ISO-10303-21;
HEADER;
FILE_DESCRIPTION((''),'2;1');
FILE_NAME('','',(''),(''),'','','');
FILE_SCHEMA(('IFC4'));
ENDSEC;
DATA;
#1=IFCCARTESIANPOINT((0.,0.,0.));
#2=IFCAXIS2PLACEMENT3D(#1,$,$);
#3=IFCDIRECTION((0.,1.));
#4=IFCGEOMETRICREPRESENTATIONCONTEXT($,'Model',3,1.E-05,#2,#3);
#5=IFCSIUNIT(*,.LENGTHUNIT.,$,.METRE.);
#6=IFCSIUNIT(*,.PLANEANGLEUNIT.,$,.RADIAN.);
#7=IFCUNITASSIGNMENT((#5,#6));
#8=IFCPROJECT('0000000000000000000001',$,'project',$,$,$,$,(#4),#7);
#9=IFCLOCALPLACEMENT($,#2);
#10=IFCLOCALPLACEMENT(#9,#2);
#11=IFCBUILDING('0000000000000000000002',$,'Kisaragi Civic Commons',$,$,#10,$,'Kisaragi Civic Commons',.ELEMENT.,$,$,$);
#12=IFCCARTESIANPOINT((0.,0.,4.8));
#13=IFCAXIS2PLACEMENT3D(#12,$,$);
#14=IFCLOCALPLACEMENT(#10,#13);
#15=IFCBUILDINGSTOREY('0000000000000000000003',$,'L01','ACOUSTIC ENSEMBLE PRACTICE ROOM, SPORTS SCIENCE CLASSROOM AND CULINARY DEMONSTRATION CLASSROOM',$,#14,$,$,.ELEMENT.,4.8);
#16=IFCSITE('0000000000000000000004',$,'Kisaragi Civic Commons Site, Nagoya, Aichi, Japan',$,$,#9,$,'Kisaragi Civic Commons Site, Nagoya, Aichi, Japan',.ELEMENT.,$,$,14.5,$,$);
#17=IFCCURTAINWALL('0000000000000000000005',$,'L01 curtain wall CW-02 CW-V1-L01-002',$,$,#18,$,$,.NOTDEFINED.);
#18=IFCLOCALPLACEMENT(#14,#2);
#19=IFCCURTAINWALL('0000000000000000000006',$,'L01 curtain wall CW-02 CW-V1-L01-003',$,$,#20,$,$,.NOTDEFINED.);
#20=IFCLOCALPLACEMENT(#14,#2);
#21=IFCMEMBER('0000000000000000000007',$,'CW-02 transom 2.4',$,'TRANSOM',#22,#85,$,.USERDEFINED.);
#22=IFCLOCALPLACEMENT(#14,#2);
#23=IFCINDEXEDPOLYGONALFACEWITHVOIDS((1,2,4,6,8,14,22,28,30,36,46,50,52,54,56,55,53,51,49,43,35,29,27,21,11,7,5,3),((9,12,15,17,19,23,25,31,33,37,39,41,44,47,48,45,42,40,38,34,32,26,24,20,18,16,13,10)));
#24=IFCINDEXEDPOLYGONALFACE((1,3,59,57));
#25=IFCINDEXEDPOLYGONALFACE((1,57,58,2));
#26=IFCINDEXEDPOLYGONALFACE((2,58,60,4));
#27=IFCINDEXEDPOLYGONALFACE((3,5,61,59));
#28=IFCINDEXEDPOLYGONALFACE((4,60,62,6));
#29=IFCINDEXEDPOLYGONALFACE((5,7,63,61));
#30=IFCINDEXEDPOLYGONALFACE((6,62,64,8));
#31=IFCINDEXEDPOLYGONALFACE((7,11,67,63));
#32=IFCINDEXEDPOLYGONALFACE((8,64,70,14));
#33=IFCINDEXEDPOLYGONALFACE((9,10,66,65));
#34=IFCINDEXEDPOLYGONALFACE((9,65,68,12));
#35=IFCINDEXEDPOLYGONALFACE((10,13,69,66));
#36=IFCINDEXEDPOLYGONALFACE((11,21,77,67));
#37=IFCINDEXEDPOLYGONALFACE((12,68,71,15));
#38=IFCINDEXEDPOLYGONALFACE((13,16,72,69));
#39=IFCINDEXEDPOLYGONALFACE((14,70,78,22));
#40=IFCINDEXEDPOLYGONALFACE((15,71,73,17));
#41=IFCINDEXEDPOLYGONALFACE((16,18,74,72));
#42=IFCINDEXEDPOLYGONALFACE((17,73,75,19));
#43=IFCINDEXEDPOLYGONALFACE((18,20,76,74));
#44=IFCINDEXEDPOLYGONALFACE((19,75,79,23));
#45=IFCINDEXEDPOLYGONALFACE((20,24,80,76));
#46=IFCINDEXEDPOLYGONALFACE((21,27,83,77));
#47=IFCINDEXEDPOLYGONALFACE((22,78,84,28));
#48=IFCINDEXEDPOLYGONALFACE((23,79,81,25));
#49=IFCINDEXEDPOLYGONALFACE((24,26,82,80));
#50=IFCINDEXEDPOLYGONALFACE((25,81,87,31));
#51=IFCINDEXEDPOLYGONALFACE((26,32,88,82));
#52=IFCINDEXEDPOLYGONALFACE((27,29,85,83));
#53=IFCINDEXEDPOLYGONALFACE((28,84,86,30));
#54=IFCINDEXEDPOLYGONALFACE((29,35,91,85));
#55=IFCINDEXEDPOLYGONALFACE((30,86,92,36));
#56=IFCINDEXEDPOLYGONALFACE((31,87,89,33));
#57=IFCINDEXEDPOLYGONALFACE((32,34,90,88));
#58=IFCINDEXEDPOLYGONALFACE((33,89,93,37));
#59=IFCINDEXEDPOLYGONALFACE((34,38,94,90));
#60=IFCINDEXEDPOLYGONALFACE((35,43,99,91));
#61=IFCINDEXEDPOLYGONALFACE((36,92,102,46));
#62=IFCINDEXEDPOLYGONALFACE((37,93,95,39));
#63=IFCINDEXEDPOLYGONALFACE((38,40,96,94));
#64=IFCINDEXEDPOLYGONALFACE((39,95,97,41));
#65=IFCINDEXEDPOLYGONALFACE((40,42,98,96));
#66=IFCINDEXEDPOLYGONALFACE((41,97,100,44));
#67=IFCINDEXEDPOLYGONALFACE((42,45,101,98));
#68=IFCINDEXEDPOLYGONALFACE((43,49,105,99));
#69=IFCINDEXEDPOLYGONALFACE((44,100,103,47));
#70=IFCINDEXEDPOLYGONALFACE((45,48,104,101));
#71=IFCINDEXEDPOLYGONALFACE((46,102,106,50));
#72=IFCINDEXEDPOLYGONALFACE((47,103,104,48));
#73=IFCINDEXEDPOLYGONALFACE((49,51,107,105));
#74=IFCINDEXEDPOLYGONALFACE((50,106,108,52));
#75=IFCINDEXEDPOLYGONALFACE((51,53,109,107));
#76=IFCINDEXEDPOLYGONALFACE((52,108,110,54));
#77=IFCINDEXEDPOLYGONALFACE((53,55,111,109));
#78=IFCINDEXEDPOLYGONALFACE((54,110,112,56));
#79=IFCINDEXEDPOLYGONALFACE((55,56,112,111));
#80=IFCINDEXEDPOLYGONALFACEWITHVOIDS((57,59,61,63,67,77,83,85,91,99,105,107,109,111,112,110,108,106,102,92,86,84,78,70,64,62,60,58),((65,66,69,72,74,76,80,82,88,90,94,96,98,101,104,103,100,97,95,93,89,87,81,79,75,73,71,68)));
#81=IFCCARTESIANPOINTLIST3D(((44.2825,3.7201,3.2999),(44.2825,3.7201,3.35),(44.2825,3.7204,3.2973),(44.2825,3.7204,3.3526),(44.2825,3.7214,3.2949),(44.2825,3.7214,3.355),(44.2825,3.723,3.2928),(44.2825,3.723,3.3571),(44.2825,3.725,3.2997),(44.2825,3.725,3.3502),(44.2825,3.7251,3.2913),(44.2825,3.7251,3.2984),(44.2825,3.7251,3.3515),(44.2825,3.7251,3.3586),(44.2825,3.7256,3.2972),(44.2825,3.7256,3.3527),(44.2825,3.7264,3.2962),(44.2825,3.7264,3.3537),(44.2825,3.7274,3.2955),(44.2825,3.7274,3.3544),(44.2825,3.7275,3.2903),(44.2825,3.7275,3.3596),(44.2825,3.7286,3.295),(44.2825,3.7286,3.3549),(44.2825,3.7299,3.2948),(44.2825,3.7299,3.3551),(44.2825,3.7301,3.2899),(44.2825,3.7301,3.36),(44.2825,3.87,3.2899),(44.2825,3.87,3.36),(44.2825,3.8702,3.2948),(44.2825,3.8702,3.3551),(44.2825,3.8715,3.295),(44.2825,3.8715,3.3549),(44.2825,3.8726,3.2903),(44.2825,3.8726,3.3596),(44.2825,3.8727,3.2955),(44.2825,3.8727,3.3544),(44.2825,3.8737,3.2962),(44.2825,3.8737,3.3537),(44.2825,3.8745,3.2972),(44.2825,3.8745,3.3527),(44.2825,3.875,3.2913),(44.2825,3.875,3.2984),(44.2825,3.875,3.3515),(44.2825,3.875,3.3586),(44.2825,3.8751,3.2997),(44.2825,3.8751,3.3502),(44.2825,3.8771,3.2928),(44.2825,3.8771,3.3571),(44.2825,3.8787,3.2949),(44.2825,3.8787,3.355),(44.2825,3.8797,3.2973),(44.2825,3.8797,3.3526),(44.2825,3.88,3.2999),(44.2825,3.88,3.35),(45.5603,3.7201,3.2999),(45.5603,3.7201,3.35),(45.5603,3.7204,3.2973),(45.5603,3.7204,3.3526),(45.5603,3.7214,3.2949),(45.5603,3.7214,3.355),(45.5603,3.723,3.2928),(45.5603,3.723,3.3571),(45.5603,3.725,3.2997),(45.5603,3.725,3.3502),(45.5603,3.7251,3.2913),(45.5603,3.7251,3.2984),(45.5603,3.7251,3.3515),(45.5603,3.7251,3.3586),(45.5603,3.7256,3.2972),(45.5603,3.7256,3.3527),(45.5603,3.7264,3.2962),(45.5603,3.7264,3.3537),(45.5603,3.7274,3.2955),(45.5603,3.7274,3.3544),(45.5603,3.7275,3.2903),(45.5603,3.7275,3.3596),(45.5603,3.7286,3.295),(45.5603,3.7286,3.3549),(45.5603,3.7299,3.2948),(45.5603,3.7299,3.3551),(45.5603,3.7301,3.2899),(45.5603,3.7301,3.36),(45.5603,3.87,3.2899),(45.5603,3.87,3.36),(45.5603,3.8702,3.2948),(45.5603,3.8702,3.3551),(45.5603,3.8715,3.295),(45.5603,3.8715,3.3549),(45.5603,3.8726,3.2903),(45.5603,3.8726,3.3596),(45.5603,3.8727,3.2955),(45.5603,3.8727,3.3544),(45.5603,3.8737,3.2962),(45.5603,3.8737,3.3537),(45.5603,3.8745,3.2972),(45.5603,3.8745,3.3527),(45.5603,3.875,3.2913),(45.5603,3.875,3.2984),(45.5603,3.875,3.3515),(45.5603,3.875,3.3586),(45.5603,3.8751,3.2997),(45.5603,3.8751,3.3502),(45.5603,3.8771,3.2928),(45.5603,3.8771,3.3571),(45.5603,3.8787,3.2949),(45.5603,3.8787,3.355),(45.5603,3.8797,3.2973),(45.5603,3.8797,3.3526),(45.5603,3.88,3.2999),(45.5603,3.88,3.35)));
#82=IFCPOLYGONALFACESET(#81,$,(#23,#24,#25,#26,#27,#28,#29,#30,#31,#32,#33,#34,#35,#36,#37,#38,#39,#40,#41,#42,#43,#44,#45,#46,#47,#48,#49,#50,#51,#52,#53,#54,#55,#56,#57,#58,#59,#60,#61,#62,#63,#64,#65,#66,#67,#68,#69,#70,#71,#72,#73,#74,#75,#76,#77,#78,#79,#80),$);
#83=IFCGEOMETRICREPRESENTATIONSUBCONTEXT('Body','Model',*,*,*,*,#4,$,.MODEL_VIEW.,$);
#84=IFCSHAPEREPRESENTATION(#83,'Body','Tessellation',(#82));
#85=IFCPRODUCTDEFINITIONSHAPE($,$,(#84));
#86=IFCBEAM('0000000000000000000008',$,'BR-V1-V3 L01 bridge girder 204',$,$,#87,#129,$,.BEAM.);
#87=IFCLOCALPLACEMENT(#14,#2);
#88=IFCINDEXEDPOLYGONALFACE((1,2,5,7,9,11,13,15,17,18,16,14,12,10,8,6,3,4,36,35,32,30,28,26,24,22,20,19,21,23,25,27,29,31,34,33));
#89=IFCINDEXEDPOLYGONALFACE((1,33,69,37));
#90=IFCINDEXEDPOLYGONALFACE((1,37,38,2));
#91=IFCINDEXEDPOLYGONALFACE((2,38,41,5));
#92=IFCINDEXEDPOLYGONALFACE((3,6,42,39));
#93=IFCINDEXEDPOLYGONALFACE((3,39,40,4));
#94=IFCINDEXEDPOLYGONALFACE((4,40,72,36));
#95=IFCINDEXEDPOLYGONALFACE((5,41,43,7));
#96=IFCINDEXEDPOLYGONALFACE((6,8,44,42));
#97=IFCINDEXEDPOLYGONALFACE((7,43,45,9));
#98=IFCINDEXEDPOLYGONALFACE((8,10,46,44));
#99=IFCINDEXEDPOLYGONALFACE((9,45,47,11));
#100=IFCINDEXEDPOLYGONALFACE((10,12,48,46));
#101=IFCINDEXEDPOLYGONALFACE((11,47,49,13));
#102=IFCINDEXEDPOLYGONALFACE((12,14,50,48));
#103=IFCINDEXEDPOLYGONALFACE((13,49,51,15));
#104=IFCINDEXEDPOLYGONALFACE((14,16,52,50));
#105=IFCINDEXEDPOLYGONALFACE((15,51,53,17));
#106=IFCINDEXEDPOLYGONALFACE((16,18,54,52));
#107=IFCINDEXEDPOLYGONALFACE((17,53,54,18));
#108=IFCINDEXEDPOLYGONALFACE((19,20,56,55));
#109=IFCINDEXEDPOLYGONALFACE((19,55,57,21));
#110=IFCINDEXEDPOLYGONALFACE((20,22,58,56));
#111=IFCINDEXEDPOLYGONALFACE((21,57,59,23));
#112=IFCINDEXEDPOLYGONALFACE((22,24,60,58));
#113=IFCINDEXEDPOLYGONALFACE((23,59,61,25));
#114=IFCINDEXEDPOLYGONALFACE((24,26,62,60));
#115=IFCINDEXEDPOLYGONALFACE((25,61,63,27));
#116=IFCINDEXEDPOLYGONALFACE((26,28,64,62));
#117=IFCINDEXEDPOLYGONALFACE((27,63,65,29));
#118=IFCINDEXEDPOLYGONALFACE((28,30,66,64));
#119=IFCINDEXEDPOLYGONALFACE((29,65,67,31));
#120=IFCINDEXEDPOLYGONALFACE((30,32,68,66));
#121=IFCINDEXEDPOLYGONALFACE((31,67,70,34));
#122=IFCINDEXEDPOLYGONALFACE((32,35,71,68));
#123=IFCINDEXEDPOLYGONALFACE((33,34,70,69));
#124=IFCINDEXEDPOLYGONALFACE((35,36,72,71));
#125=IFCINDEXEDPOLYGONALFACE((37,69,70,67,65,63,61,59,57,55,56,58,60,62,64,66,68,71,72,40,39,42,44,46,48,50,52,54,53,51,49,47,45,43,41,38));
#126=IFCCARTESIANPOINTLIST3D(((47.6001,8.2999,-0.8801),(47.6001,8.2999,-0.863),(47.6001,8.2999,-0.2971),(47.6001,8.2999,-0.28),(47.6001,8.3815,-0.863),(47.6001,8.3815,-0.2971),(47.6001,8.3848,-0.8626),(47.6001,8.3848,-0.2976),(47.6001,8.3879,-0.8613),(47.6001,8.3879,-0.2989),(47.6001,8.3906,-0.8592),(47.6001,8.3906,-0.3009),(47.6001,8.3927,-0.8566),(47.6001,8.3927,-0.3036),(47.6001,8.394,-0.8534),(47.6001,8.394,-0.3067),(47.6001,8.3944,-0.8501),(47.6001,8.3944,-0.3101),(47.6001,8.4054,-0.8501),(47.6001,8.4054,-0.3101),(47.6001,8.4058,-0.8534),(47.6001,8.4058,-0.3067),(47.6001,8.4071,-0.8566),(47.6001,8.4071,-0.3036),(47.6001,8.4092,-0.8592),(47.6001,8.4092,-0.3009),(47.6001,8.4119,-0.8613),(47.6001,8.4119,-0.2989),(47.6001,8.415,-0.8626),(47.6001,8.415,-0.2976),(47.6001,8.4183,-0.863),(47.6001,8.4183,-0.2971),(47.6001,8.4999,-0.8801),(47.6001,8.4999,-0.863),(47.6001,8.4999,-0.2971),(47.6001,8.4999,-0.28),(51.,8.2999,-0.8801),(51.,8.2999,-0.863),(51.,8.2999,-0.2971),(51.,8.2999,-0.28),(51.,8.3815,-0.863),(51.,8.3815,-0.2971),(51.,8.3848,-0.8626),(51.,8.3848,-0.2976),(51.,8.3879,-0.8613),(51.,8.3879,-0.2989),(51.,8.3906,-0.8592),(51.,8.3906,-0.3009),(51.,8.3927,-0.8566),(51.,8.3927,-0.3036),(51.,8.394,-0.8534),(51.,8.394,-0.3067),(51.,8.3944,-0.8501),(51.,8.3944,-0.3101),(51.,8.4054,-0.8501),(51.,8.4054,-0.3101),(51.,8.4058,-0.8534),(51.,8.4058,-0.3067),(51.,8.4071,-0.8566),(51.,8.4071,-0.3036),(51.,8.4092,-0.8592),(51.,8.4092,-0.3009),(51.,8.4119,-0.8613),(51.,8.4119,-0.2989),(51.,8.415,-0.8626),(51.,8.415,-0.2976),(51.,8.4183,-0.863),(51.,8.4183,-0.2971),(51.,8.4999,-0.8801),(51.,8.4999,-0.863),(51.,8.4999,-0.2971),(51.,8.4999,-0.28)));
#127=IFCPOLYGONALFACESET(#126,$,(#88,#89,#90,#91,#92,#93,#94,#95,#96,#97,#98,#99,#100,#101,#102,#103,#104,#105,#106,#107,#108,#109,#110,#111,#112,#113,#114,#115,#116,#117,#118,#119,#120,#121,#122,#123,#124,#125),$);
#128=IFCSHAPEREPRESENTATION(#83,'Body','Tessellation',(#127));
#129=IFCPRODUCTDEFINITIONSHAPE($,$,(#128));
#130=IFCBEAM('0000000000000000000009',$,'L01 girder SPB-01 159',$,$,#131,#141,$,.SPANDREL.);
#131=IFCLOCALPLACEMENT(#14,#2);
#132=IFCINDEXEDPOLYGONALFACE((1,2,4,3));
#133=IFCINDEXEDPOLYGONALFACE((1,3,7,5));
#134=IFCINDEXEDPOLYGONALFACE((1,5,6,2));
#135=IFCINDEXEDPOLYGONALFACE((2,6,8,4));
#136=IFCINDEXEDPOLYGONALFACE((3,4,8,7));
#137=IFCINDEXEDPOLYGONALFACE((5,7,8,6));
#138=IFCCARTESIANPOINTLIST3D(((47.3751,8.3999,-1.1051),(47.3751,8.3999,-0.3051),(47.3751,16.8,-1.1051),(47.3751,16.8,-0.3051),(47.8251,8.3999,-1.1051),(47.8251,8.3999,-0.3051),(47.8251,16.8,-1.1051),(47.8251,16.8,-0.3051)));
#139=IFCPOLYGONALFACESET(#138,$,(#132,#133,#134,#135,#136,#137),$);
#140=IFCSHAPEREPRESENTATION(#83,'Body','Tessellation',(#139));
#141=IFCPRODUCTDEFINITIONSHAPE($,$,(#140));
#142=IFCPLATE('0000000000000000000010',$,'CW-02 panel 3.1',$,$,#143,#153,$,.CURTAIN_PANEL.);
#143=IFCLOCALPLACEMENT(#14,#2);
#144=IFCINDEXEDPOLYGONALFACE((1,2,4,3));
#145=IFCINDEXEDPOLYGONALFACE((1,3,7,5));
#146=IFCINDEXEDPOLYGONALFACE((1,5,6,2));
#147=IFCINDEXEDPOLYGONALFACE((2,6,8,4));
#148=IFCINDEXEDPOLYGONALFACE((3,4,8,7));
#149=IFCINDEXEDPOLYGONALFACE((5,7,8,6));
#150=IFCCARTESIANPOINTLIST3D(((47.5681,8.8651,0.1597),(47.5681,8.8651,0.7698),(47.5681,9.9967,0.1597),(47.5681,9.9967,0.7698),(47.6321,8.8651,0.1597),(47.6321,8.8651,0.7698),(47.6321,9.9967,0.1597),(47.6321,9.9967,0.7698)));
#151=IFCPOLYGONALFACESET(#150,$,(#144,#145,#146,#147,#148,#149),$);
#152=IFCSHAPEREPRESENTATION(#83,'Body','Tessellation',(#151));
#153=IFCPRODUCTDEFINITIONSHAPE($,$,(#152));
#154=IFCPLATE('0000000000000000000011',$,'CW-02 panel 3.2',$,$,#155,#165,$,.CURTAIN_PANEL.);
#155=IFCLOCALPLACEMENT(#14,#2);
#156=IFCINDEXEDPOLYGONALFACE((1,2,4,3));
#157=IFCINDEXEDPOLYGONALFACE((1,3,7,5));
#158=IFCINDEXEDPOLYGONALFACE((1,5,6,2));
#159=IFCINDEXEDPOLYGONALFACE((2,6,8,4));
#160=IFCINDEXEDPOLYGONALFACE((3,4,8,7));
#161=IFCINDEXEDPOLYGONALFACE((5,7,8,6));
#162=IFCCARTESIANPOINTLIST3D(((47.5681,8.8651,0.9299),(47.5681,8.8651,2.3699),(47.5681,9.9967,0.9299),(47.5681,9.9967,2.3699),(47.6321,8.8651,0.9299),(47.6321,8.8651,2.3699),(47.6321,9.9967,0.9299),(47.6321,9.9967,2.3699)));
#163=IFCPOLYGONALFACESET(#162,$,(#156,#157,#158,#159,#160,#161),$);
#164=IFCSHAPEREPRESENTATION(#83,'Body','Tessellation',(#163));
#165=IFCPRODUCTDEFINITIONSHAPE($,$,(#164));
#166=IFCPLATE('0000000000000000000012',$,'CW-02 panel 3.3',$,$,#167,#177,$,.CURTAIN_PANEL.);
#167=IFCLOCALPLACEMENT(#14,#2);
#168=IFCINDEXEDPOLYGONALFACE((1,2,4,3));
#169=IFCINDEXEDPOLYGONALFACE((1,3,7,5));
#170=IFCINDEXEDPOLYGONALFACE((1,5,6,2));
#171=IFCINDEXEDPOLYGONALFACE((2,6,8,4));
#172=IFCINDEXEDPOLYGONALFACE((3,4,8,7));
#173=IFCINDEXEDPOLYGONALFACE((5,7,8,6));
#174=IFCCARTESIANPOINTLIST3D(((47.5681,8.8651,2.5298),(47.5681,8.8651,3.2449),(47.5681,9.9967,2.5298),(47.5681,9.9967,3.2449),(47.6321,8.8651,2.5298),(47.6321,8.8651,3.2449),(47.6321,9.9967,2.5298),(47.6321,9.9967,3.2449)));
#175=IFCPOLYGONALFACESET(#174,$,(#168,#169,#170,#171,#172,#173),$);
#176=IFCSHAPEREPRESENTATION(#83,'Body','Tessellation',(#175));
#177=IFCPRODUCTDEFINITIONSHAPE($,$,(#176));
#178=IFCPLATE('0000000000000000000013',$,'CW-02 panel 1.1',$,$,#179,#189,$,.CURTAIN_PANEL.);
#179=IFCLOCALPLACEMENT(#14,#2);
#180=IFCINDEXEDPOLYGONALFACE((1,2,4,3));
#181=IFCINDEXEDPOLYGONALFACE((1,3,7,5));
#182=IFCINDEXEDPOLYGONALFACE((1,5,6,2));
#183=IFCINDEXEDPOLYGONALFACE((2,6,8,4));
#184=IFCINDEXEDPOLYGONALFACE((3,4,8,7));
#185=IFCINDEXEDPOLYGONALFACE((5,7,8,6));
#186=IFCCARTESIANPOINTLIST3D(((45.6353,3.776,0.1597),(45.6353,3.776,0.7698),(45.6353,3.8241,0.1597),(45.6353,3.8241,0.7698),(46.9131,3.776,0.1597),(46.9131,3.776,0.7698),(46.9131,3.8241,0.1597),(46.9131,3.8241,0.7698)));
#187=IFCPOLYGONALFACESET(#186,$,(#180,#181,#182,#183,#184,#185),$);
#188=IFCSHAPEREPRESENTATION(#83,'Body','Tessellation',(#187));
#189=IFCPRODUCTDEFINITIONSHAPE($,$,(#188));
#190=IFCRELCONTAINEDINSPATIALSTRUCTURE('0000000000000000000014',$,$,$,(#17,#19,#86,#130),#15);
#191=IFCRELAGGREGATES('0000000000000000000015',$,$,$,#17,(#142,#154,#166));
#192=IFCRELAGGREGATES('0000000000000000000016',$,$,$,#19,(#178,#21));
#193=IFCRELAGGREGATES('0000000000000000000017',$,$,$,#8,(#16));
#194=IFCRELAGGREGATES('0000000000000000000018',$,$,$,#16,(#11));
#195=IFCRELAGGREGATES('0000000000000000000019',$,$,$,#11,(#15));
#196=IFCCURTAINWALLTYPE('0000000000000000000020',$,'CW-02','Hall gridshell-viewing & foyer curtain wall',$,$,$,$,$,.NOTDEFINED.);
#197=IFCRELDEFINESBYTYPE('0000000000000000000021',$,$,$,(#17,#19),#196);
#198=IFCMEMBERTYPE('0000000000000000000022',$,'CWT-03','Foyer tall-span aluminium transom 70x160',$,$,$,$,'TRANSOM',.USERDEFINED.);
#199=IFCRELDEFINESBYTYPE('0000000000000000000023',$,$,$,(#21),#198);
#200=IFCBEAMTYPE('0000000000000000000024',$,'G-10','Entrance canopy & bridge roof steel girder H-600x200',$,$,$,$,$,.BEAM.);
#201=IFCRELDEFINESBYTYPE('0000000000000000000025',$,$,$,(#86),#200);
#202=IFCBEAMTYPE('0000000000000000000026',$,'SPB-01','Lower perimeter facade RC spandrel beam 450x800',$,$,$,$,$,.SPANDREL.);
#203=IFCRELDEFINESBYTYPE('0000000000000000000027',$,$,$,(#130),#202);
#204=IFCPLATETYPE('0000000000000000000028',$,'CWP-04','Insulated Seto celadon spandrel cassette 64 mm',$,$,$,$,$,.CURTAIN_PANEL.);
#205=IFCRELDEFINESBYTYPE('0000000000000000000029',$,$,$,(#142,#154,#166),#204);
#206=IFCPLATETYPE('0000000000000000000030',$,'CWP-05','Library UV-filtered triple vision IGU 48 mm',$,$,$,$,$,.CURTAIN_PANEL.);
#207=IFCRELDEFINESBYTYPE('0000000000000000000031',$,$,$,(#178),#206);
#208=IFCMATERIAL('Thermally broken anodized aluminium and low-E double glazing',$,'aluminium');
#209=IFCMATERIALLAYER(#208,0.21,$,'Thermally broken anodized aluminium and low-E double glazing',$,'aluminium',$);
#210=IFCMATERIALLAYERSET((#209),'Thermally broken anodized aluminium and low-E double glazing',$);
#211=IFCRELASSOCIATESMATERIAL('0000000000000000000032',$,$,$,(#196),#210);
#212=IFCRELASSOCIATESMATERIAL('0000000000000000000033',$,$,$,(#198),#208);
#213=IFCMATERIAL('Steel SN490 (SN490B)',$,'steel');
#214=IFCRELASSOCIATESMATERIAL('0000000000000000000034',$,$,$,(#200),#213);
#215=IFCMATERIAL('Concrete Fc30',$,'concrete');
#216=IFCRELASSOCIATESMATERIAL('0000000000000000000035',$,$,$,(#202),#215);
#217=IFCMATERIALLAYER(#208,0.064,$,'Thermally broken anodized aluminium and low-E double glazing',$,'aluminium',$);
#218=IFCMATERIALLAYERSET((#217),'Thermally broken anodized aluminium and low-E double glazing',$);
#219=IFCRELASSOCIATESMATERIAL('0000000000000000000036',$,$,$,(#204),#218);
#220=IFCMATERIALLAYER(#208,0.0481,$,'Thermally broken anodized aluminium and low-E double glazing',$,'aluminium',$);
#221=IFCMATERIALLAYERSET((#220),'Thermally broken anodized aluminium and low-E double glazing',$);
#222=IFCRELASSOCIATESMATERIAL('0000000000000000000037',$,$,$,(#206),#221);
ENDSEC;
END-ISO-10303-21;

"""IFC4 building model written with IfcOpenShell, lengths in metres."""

from ifc_helpers import new_model, si_unit, direction, frame, origin, origin_2d, place, context, subcontext, project, spatial, rectangle, hollow_rectangle, i_section, extrude, material, layer, layer_set, material_profile, profile_set, type_object, element, aggregate, save


model = new_model("IFC4")

# Units and contexts
model_context = context("Model", 3, precision=1e-05, world=origin(), true_north=direction((0.0, 1.0)))
body_context = subcontext(model_context, "Body", "Model", "MODEL_VIEW")
ifc_project = project(units=[si_unit("LENGTHUNIT", "METRE"), si_unit("PLANEANGLEUNIT", "RADIAN")], contexts=[model_context])

# Site, building, storey
site_placement = place(None, origin())
site = spatial("IfcSite", under=ifc_project, at=site_placement, Name="Kisaragi Civic Commons Site, Nagoya, Aichi, Japan", LongName="Kisaragi Civic Commons Site, Nagoya, Aichi, Japan", CompositionType="ELEMENT", RefElevation=14.5)
building_placement = place(site_placement, origin())
building = spatial("IfcBuilding", under=site, at=building_placement, Name="Kisaragi Civic Commons", LongName="Kisaragi Civic Commons", CompositionType="ELEMENT")
storey_placement = place(building_placement, frame((0.0, 0.0, 4.8)))
storey = spatial("IfcBuildingStorey", under=building, at=storey_placement, Name="L01", Description="ACOUSTIC ENSEMBLE PRACTICE ROOM, SPORTS SCIENCE CLASSROOM AND CULINARY DEMONSTRATION CLASSROOM", CompositionType="ELEMENT", Elevation=4.8)

# Curtain wall
ifc_material_1 = material(Name="Thermally broken anodized aluminium and low-E double glazing", Category="aluminium")
ifc_layer_1 = layer(ifc_material_1, 0.21, Name="Thermally broken anodized aluminium and low-E double glazing", Category="aluminium")
ifc_layer_set_1 = layer_set([ifc_layer_1], Name="Thermally broken anodized aluminium and low-E double glazing")
curtain_wall_type = type_object("IfcCurtainWallType", Name="CW-02", Description="Hall gridshell-viewing & foyer curtain wall", PredefinedType="NOTDEFINED", material=ifc_layer_set_1)
curtain_wall_1_placement = place(storey_placement, origin())
curtain_wall_1 = element("IfcCurtainWall", 1, at=curtain_wall_1_placement, inside=storey, type_object=curtain_wall_type, Name="L01 curtain wall CW-02 CW-V1-L01-002", PredefinedType="NOTDEFINED")

# Curtain wall, member
curtain_wall_2_placement = place(storey_placement, origin())
curtain_wall_2 = element("IfcCurtainWall", 2, at=curtain_wall_2_placement, inside=storey, type_object=curtain_wall_type, Name="L01 curtain wall CW-02 CW-V1-L01-003", PredefinedType="NOTDEFINED")
ifc_material_profile_1 = material_profile(ifc_material_1, hollow_rectangle(XDim=0.1599, YDim=0.0701, WallThickness=0.0049, InnerFilletRadius=0.0049, OuterFilletRadius=0.01, at=origin_2d()), Name="CWT-70x160x5", Category="aluminium")
ifc_profile_set_1 = profile_set([ifc_material_profile_1], Name="Thermally broken anodized aluminium and low-E double glazing")
member_type_1 = type_object("IfcMemberType", Name="CWT-03", Description="Foyer tall-span aluminium transom 70x160", ElementType="TRANSOM", PredefinedType="USERDEFINED", material=ifc_profile_set_1)
member_1_placement = place(storey_placement, frame((45.5603, 3.8, 3.325), z_axis=(-1.0, 0.0, 0.0), x_axis=(0.0, -1.0, 0.0)))
member_1 = element("IfcMember", 3, at=member_1_placement, type_object=member_type_1, Name="CW-02 transom 2.4", ObjectType="TRANSOM", PredefinedType="USERDEFINED", context=body_context, shape_type="SweptSolid", body=[
    extrude(hollow_rectangle(XDim=0.1599, YDim=0.0701, WallThickness=0.0049, InnerFilletRadius=0.0049, OuterFilletRadius=0.01, at=origin_2d()), origin(), (0.0, 0.0, 1.0), 1.2778),
])

# Beams
ifc_material_2 = material(Name="Steel SN490 (SN490B)", Category="steel")
ifc_material_profile_2 = material_profile(ifc_material_2, i_section(OverallWidth=0.2, OverallDepth=0.6001, WebThickness=0.011, FlangeThickness=0.0171, FilletRadius=0.0129, at=origin_2d()), Name="H-600x200x11x17", Category="steel")
ifc_profile_set_2 = profile_set([ifc_material_profile_2], Name="Steel SN490 (SN490B)")
beam_type_1 = type_object("IfcBeamType", Name="G-10", Description="Entrance canopy & bridge roof steel girder H-600x200", PredefinedType="BEAM", material=ifc_profile_set_2)
beam_1_placement = place(storey_placement, frame((47.6001, 8.3999, -0.5801), z_axis=(1.0, 0.0, 0.0), x_axis=(0.0, 1.0, 0.0)))
element("IfcBeam", 4, at=beam_1_placement, inside=storey, type_object=beam_type_1, Name="BR-V1-V3 L01 bridge girder 204", PredefinedType="BEAM", context=body_context, shape_type="SweptSolid", body=[
    extrude(i_section(OverallWidth=0.2, OverallDepth=0.6001, WebThickness=0.011, FlangeThickness=0.0171, FilletRadius=0.0129, at=origin_2d()), origin(), (0.0, 0.0, 1.0), 3.3999),
])
ifc_material_3 = material(Name="Concrete Fc30", Category="concrete")
ifc_material_profile_3 = material_profile(ifc_material_3, rectangle(XDim=0.45, YDim=0.8, at=origin_2d()), Name="RC-450x800", Category="concrete")
ifc_profile_set_3 = profile_set([ifc_material_profile_3], Name="Concrete Fc30")
beam_type_2 = type_object("IfcBeamType", Name="SPB-01", Description="Lower perimeter facade RC spandrel beam 450x800", PredefinedType="SPANDREL", material=ifc_profile_set_3)
beam_2_placement = place(storey_placement, frame((47.6001, 8.3999, -0.7051), z_axis=(0.0, 1.0, 0.0), x_axis=(-1.0, 0.0, 0.0)))
element("IfcBeam", 5, at=beam_2_placement, inside=storey, type_object=beam_type_2, Name="L01 girder SPB-01 159", PredefinedType="SPANDREL", context=body_context, shape_type="SweptSolid", body=[
    extrude(rectangle(XDim=0.45, YDim=0.8, at=origin_2d()), origin(), (0.0, 0.0, 1.0), 8.4001),
])

# Plates
ifc_layer_2 = layer(ifc_material_1, 0.064, Name="Thermally broken anodized aluminium and low-E double glazing", Category="aluminium")
ifc_layer_set_2 = layer_set([ifc_layer_2], Name="Thermally broken anodized aluminium and low-E double glazing")
plate_type_1 = type_object("IfcPlateType", Name="CWP-04", Description="Insulated Seto celadon spandrel cassette 64 mm", PredefinedType="CURTAIN_PANEL", material=ifc_layer_set_2)
plate_1_placement = place(storey_placement, frame((47.6001, 9.4309, 0.1597), z_axis=(0.0, 0.0, 1.0), x_axis=(0.0, -1.0, 0.0)))
plate_1 = element("IfcPlate", 6, at=plate_1_placement, type_object=plate_type_1, Name="CW-02 panel 3.1", PredefinedType="CURTAIN_PANEL", context=body_context, shape_type="SweptSolid", body=[
    extrude(rectangle(XDim=1.1316, YDim=0.064, at=origin_2d()), origin(), (0.0, 0.0, 1.0), 0.6101),
])
plate_2_placement = place(storey_placement, frame((47.6001, 9.4309, 0.9299), z_axis=(0.0, 0.0, 1.0), x_axis=(0.0, -1.0, 0.0)))
plate_2 = element("IfcPlate", 7, at=plate_2_placement, type_object=plate_type_1, Name="CW-02 panel 3.2", PredefinedType="CURTAIN_PANEL", context=body_context, shape_type="SweptSolid", body=[
    extrude(rectangle(XDim=1.1316, YDim=0.064, at=origin_2d()), origin(), (0.0, 0.0, 1.0), 1.4399),
])
plate_3_placement = place(storey_placement, frame((47.6001, 9.4309, 2.5298), z_axis=(0.0, 0.0, 1.0), x_axis=(0.0, -1.0, 0.0)))
plate_3 = element("IfcPlate", 8, at=plate_3_placement, type_object=plate_type_1, Name="CW-02 panel 3.3", PredefinedType="CURTAIN_PANEL", context=body_context, shape_type="SweptSolid", body=[
    extrude(rectangle(XDim=1.1316, YDim=0.064, at=origin_2d()), origin(), (0.0, 0.0, 1.0), 0.7151),
])
aggregate(curtain_wall_1, [plate_1, plate_2, plate_3])
ifc_layer_3 = layer(ifc_material_1, 0.0481, Name="Thermally broken anodized aluminium and low-E double glazing", Category="aluminium")
ifc_layer_set_3 = layer_set([ifc_layer_3], Name="Thermally broken anodized aluminium and low-E double glazing")
plate_type_2 = type_object("IfcPlateType", Name="CWP-05", Description="Library UV-filtered triple vision IGU 48 mm", PredefinedType="CURTAIN_PANEL", material=ifc_layer_set_3)
plate_4_placement = place(storey_placement, frame((46.2742, 3.8, 0.1597), z_axis=(0.0, 0.0, 1.0), x_axis=(-1.0, 0.0, 0.0)))
plate_4 = element("IfcPlate", 9, at=plate_4_placement, type_object=plate_type_2, Name="CW-02 panel 1.1", PredefinedType="CURTAIN_PANEL", context=body_context, shape_type="SweptSolid", body=[
    extrude(rectangle(XDim=1.2778, YDim=0.0481, at=origin_2d()), origin(), (0.0, 0.0, 1.0), 0.6101),
])
aggregate(curtain_wall_2, [plate_4, member_1])

save(model, "model.ifc")
